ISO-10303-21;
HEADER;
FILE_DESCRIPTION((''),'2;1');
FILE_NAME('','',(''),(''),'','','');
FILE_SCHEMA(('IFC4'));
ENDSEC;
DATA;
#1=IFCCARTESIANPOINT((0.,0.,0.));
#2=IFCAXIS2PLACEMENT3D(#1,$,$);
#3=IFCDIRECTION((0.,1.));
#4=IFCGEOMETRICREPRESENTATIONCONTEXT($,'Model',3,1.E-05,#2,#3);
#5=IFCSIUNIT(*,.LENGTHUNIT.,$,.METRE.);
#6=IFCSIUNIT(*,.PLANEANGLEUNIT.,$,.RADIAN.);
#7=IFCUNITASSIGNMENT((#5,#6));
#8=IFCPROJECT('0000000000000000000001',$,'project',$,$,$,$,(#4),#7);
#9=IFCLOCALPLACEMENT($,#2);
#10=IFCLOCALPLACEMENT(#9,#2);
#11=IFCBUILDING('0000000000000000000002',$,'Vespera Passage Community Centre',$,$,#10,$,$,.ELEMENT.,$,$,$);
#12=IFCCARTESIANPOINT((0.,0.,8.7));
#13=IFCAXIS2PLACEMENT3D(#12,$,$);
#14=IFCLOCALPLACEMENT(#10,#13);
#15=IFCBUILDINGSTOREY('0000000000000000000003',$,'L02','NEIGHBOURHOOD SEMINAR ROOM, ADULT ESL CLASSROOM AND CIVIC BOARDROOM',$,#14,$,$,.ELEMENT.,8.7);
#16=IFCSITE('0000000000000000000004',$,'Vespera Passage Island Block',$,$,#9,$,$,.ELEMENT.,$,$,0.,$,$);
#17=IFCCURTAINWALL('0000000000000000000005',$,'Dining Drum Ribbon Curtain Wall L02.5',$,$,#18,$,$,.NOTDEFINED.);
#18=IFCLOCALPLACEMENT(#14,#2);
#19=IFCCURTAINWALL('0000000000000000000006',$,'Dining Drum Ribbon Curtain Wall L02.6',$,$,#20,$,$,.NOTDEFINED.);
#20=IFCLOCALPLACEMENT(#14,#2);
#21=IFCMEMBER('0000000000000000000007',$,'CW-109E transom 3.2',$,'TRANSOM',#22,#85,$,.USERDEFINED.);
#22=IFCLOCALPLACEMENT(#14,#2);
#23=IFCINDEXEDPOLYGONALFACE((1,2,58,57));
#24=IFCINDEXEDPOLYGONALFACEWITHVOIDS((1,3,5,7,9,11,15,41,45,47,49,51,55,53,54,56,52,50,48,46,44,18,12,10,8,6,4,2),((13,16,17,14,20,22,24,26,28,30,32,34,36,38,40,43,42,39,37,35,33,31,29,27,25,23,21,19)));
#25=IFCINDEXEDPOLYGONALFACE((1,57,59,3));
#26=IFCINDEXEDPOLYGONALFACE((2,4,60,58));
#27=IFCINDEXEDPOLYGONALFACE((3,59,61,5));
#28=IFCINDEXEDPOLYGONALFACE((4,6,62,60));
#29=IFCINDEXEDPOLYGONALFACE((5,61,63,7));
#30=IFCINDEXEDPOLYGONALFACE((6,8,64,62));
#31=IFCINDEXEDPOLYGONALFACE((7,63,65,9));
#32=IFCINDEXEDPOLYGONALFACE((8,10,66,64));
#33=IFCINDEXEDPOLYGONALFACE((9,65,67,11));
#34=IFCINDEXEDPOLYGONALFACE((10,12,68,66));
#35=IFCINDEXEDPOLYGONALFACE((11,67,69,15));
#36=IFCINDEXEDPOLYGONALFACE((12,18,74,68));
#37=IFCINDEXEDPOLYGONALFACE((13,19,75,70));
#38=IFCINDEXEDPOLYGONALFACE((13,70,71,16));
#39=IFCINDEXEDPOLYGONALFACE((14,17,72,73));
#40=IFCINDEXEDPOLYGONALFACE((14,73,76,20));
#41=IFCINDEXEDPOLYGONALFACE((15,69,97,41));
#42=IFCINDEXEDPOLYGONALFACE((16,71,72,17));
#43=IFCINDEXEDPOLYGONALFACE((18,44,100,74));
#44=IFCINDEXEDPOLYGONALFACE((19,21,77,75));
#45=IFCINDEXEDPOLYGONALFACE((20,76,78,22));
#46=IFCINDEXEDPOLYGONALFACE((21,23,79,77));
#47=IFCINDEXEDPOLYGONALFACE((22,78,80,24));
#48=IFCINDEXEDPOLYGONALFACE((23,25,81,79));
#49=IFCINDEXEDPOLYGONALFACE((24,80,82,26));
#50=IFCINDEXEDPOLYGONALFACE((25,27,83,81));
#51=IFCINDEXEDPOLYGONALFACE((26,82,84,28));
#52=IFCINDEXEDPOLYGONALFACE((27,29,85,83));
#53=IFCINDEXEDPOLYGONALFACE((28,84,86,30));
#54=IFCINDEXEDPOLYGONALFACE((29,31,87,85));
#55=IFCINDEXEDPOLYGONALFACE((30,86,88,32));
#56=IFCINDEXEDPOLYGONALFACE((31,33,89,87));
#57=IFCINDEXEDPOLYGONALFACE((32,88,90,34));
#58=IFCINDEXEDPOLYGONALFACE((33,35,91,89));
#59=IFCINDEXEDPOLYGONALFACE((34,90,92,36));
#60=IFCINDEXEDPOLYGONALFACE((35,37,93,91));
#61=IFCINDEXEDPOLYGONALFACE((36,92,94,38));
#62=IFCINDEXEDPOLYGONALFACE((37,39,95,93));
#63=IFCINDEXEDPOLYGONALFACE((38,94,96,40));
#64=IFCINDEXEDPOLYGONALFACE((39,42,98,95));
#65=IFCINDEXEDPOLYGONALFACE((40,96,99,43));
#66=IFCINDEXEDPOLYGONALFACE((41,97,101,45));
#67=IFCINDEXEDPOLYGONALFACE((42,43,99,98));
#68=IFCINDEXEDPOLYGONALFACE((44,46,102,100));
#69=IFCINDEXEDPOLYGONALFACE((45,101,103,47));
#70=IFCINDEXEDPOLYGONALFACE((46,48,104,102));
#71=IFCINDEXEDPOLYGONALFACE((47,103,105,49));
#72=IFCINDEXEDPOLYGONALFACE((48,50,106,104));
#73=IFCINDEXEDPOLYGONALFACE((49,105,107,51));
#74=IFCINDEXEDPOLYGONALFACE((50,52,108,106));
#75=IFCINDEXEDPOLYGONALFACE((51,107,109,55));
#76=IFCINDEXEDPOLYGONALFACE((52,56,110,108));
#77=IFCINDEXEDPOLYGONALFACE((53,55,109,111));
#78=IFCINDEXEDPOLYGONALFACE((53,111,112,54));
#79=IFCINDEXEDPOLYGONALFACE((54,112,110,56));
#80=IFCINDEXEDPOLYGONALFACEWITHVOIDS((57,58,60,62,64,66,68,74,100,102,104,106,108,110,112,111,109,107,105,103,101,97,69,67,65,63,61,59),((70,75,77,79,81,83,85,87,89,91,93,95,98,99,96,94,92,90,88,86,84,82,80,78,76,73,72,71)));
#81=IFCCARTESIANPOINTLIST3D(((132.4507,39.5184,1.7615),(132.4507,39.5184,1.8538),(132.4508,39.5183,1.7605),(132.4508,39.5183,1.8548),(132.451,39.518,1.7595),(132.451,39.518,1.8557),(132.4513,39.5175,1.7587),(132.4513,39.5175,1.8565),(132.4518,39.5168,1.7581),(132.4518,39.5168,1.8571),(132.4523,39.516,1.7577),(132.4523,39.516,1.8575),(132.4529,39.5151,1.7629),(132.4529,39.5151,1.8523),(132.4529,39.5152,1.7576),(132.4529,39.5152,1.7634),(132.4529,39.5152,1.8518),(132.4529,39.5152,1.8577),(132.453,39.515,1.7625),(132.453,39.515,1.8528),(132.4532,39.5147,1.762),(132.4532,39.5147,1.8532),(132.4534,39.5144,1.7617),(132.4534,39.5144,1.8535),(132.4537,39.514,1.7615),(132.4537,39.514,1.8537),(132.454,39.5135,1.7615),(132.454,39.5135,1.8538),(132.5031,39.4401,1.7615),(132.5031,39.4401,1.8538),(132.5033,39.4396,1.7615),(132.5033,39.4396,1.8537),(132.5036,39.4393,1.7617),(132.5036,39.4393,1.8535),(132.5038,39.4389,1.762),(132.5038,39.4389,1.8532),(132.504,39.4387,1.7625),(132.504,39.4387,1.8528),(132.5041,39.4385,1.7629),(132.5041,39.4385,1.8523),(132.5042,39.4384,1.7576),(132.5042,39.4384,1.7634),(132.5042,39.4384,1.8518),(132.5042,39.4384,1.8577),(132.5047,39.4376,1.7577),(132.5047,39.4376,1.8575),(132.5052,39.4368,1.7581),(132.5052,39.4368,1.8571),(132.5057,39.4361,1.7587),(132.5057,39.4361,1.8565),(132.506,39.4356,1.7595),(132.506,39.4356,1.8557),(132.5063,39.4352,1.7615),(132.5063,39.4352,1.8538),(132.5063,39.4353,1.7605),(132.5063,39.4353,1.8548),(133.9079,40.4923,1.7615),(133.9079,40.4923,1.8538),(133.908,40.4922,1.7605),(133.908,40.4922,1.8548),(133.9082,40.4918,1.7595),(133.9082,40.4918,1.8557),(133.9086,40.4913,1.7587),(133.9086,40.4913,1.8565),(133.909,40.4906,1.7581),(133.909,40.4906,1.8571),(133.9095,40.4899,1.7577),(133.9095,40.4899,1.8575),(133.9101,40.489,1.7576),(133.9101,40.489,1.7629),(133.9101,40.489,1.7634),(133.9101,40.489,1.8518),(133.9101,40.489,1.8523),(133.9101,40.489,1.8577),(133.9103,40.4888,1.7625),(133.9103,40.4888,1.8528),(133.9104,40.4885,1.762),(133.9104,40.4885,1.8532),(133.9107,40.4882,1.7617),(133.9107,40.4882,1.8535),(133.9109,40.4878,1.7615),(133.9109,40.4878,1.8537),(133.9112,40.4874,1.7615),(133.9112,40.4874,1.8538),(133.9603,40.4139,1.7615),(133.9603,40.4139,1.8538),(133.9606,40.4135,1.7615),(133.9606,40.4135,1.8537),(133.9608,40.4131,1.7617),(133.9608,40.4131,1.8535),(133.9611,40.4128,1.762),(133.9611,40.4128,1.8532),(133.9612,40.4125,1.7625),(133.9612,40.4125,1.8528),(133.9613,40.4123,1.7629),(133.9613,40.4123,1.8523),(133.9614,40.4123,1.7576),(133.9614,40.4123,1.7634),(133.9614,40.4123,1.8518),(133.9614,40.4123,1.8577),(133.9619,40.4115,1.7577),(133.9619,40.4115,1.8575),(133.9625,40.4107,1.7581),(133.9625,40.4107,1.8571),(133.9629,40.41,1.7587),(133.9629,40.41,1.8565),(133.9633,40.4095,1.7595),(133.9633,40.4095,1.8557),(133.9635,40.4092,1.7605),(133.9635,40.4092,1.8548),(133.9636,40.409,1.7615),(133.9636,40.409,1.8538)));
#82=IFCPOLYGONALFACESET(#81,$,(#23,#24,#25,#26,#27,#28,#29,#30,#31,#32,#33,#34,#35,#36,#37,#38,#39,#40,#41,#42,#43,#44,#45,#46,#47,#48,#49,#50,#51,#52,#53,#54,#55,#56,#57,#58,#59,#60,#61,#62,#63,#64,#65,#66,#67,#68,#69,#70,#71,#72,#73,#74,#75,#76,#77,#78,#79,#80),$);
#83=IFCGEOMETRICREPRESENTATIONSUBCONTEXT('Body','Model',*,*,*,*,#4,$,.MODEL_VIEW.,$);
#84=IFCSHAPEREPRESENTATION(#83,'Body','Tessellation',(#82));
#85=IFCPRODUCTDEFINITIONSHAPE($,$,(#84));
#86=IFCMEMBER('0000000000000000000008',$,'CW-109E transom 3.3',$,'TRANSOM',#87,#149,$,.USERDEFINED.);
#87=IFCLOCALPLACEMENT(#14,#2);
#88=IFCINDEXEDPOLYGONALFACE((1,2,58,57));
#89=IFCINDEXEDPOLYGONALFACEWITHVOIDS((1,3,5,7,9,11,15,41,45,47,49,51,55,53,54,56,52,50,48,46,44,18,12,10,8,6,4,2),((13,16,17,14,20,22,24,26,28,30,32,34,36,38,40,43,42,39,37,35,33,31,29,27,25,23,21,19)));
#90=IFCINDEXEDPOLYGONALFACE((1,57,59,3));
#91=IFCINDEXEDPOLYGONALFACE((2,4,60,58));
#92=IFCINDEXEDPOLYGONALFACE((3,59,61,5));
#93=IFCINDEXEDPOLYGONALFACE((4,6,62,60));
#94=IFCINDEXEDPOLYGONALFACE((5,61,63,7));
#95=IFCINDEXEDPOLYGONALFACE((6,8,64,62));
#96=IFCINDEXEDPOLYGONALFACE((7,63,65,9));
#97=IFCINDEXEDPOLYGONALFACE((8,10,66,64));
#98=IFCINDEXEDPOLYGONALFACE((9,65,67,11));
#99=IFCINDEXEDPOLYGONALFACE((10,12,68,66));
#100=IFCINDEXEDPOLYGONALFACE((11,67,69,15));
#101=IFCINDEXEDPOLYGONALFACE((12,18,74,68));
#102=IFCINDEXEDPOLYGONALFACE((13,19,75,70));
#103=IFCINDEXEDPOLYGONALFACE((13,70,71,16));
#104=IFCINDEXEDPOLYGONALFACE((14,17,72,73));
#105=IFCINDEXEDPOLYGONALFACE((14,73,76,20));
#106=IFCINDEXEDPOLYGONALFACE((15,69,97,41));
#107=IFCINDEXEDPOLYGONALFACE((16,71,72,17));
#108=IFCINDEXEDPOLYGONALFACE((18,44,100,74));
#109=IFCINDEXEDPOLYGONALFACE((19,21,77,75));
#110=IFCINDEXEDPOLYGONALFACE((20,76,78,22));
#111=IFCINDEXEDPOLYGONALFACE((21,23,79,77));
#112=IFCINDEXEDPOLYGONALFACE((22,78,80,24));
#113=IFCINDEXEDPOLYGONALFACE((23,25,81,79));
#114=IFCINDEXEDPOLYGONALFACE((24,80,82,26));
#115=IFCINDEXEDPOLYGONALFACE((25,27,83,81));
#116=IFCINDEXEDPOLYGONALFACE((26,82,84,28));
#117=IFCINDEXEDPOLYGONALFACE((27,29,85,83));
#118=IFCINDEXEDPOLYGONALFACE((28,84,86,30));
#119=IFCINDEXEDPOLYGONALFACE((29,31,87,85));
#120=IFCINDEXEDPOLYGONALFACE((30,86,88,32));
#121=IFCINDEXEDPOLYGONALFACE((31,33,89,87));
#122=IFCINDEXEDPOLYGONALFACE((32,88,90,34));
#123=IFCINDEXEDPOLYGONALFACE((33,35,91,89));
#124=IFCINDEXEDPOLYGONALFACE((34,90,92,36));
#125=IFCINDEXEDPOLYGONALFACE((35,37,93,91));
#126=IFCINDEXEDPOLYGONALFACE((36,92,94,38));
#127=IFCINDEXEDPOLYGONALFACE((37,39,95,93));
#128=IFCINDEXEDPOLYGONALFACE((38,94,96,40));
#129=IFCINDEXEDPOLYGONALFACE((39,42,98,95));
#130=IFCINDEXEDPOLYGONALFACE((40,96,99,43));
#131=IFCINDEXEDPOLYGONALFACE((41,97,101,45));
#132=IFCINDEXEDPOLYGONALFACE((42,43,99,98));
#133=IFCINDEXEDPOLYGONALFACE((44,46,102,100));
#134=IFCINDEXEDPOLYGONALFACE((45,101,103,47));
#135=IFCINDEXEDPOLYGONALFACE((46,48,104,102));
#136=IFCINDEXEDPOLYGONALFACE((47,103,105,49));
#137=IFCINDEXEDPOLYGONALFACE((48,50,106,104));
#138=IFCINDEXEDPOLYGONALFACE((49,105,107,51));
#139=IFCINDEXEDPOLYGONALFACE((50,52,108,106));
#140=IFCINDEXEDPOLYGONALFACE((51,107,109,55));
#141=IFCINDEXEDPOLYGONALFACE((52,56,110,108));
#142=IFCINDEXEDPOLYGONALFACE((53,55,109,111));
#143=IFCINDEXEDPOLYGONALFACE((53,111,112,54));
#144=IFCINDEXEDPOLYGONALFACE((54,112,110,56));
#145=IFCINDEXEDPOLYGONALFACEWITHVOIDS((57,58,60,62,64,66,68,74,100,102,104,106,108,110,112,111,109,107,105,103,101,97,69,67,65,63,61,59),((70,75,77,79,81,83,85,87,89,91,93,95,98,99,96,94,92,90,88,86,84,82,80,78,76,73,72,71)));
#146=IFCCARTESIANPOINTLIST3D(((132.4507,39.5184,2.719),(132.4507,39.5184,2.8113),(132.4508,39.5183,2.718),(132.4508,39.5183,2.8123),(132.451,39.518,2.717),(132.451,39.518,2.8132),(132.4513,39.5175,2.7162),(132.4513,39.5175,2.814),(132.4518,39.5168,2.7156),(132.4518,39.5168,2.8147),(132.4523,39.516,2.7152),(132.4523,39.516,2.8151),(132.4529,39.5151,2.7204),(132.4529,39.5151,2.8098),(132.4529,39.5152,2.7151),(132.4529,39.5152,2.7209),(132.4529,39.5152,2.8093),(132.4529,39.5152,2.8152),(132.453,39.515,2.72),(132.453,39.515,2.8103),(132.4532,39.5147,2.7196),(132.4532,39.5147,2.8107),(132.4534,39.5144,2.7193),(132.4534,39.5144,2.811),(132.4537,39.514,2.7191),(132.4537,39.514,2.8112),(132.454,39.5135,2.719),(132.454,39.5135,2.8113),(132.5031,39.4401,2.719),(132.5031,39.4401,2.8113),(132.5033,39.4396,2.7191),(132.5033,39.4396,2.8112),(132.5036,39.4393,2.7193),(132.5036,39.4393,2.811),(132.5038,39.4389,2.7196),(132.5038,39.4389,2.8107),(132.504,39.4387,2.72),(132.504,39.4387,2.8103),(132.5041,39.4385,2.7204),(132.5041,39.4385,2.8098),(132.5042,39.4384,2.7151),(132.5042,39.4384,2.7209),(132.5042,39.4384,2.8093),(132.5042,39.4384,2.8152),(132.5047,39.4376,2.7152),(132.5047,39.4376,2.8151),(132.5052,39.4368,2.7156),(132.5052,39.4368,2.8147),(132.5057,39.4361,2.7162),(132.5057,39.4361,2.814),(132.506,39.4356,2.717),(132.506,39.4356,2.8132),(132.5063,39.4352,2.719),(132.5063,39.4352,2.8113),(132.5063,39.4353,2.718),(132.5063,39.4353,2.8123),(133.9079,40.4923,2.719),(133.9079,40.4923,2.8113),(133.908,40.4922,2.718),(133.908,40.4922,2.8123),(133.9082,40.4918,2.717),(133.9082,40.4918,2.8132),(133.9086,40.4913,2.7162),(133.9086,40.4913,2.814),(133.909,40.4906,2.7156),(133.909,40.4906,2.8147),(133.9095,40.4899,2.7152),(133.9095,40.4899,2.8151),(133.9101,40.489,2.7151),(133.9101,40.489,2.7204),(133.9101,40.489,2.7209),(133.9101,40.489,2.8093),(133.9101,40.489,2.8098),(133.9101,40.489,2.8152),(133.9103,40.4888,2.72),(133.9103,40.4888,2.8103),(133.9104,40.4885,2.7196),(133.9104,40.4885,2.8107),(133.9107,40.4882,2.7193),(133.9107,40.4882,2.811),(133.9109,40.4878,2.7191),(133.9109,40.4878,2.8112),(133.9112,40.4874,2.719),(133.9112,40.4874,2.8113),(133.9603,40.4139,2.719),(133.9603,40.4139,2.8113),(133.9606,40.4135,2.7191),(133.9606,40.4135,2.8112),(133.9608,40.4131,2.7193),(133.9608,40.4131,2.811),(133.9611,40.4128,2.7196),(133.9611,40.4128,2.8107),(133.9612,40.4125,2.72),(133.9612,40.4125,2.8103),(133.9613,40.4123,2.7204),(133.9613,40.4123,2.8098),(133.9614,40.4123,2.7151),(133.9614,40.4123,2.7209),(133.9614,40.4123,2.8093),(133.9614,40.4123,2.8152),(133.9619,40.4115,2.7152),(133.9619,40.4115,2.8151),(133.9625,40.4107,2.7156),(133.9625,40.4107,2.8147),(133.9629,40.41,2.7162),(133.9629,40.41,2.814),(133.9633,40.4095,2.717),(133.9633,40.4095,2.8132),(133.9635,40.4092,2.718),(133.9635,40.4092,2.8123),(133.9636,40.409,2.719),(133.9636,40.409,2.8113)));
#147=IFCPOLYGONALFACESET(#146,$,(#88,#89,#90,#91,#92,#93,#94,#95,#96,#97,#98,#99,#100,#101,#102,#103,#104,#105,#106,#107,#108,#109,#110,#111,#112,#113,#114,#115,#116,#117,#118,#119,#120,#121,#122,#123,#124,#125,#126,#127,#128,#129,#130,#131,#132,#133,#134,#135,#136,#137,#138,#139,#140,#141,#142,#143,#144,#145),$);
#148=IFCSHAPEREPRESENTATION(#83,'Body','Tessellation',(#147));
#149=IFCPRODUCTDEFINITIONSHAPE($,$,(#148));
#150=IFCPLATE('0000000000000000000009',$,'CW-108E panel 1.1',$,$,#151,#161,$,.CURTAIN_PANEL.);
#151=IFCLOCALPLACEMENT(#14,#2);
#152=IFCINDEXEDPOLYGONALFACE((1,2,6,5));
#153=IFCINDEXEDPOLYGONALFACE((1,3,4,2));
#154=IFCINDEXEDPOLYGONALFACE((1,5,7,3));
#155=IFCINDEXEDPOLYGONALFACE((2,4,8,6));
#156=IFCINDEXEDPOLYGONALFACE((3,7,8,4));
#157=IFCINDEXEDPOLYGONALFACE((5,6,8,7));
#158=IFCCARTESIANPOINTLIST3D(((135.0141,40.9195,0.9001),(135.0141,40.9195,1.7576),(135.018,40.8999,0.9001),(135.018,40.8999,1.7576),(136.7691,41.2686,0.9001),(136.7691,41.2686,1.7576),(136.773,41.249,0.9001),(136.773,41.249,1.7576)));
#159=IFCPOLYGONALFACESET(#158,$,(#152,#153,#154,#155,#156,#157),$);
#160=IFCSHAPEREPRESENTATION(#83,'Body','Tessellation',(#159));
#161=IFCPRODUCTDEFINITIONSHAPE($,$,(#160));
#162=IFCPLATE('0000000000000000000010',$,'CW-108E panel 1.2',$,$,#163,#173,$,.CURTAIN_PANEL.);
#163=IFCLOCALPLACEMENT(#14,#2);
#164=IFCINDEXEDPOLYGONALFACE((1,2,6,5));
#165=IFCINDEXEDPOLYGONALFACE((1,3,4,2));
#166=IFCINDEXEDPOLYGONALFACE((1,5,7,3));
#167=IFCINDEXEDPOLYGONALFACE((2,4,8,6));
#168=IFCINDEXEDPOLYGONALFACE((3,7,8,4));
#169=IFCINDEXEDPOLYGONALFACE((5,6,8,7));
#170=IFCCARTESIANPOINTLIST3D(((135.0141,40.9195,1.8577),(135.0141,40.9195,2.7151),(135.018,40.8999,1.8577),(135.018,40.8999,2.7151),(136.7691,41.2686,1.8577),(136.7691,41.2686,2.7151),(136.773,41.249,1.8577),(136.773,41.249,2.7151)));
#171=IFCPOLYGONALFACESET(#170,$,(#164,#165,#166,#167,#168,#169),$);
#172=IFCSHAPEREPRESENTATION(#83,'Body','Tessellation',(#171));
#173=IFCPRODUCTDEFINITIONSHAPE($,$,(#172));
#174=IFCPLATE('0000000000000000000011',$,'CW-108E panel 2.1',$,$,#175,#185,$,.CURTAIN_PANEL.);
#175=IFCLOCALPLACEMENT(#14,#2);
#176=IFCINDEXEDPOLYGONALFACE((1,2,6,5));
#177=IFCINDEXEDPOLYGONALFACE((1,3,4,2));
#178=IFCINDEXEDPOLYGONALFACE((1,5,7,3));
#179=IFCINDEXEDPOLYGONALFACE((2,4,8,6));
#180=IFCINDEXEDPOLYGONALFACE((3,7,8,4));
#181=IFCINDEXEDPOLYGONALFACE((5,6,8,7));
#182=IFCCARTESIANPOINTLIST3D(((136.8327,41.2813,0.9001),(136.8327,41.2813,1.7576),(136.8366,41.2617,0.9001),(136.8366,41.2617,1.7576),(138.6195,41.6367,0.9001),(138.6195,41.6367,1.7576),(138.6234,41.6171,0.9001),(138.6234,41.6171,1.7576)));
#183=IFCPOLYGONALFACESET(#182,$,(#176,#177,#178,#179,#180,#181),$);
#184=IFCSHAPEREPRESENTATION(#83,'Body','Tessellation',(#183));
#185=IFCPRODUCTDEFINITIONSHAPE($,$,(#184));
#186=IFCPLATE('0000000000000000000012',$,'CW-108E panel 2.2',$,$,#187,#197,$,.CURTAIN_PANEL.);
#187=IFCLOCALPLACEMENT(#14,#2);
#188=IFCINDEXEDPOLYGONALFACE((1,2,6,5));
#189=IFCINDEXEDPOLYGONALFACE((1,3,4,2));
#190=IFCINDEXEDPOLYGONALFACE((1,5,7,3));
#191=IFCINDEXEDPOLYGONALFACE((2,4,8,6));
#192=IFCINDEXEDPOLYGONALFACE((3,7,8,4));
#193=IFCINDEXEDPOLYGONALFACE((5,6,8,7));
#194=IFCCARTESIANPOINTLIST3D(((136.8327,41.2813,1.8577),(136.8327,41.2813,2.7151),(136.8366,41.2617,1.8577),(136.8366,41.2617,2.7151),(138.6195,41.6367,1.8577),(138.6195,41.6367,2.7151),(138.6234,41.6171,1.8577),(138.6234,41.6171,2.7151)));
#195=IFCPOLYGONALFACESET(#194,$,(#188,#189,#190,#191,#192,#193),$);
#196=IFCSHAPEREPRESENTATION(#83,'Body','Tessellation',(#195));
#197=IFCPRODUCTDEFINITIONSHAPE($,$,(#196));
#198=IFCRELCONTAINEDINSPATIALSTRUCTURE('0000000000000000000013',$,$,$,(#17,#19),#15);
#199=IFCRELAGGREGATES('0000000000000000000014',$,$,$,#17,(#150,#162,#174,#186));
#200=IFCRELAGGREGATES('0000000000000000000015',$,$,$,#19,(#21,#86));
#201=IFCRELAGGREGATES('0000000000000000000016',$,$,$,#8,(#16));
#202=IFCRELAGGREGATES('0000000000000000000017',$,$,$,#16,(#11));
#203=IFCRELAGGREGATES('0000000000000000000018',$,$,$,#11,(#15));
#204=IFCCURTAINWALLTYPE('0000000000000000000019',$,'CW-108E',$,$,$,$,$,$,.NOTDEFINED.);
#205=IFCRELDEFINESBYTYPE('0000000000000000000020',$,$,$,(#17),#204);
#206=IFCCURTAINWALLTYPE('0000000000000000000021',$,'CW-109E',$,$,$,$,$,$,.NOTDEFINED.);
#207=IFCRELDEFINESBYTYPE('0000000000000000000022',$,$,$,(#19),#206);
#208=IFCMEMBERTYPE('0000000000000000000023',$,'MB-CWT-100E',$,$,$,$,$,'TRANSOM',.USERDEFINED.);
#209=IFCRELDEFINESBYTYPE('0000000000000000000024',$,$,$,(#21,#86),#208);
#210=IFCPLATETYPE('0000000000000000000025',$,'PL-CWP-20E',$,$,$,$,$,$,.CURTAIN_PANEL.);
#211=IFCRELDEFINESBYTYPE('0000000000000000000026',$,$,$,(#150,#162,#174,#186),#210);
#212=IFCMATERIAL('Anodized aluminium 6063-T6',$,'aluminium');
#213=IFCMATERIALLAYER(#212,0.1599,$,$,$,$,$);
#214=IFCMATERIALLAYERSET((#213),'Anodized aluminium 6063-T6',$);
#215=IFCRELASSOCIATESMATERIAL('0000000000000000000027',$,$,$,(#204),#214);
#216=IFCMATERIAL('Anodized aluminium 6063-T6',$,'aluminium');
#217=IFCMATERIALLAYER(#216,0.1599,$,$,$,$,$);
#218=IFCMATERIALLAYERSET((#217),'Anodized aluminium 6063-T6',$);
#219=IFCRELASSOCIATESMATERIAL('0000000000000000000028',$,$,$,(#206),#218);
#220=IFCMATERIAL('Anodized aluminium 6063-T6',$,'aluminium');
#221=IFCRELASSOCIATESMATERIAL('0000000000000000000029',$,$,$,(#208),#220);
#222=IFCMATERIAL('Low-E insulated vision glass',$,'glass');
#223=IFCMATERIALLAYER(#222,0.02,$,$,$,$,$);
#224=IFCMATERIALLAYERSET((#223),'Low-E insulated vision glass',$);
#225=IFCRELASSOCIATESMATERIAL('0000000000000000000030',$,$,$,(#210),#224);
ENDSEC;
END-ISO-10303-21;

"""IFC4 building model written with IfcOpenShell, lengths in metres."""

from ifc_helpers import new_model, si_unit, direction, frame, origin, origin_2d, place, context, subcontext, project, spatial, rectangle, hollow_rectangle, extrude, material, layer, layer_set, material_profile, profile_set, type_object, element, aggregate, save


model = new_model("IFC4")

# Units and contexts
model_context = context("Model", 3, precision=1e-05, world=origin(), true_north=direction((0.0, 1.0)))
body_context = subcontext(model_context, "Body", "Model", "MODEL_VIEW")
ifc_project = project(units=[si_unit("LENGTHUNIT", "METRE"), si_unit("PLANEANGLEUNIT", "RADIAN")], contexts=[model_context])

# Site, building, storey
site_placement = place(None, origin())
site = spatial("IfcSite", under=ifc_project, at=site_placement, Name="Vespera Passage Island Block", CompositionType="ELEMENT", RefElevation=0.0)
building_placement = place(site_placement, origin())
building = spatial("IfcBuilding", under=site, at=building_placement, Name="Vespera Passage Community Centre", CompositionType="ELEMENT")
storey_placement = place(building_placement, frame((0.0, 0.0, 8.7)))
storey = spatial("IfcBuildingStorey", under=building, at=storey_placement, Name="L02", Description="NEIGHBOURHOOD SEMINAR ROOM, ADULT ESL CLASSROOM AND CIVIC BOARDROOM", CompositionType="ELEMENT", Elevation=8.7)

# Curtain walls
ifc_material_1 = material(Name="Anodized aluminium 6063-T6", Category="aluminium")
ifc_layer_1 = layer(ifc_material_1, 0.1599)
ifc_layer_set_1 = layer_set([ifc_layer_1], Name="Anodized aluminium 6063-T6")
curtain_wall_type_1 = type_object("IfcCurtainWallType", Name="CW-108E", PredefinedType="NOTDEFINED", material=ifc_layer_set_1)
curtain_wall_1_placement = place(storey_placement, origin())
curtain_wall_1 = element("IfcCurtainWall", 1, at=curtain_wall_1_placement, inside=storey, type_object=curtain_wall_type_1, Name="Dining Drum Ribbon Curtain Wall L02.5", PredefinedType="NOTDEFINED")
ifc_material_2 = material(Name="Anodized aluminium 6063-T6", Category="aluminium")
ifc_layer_2 = layer(ifc_material_2, 0.1599)
ifc_layer_set_2 = layer_set([ifc_layer_2], Name="Anodized aluminium 6063-T6")
curtain_wall_type_2 = type_object("IfcCurtainWallType", Name="CW-109E", PredefinedType="NOTDEFINED", material=ifc_layer_set_2)
curtain_wall_2_placement = place(storey_placement, origin())
curtain_wall_2 = element("IfcCurtainWall", 2, at=curtain_wall_2_placement, inside=storey, type_object=curtain_wall_type_2, Name="Dining Drum Ribbon Curtain Wall L02.6", PredefinedType="NOTDEFINED")

# Members
ifc_material_3 = material(Name="Anodized aluminium 6063-T6", Category="aluminium")
ifc_material_profile_1 = material_profile(ifc_material_3, hollow_rectangle(XDim=0.1001, YDim=0.1001, WallThickness=0.0039, InnerFilletRadius=0.002, OuterFilletRadius=0.0039, at=origin_2d()), Name="ALU100X100X4")
ifc_profile_set_1 = profile_set([ifc_material_profile_1], Name="Anodized aluminium 6063-T6")
member_type_1 = type_object("IfcMemberType", Name="MB-CWT-100E", ElementType="TRANSOM", PredefinedType="USERDEFINED", material=ifc_profile_set_1)
member_1_placement = place(storey_placement, frame((132.4785, 39.4768, 1.8076), z_axis=(0.831428, 0.555632, 0.0), x_axis=(-0.555632, 0.831428, 0.0)))
member_1 = element("IfcMember", 3, at=member_1_placement, type_object=member_type_1, Name="CW-109E transom 3.2", ObjectType="TRANSOM", PredefinedType="USERDEFINED", context=body_context, shape_type="SweptSolid", body=[
    extrude(hollow_rectangle(XDim=0.1001, YDim=0.1001, WallThickness=0.0039, InnerFilletRadius=0.002, OuterFilletRadius=0.0039, at=origin_2d()), origin(), (0.0, 0.0, 1.0), 1.7527),
])
member_2_placement = place(storey_placement, frame((132.4785, 39.4768, 2.7651), z_axis=(0.831428, 0.555632, 0.0), x_axis=(-0.555632, 0.831428, 0.0)))
member_2 = element("IfcMember", 4, at=member_2_placement, type_object=member_type_1, Name="CW-109E transom 3.3", ObjectType="TRANSOM", PredefinedType="USERDEFINED", context=body_context, shape_type="SweptSolid", body=[
    extrude(hollow_rectangle(XDim=0.1001, YDim=0.1001, WallThickness=0.0039, InnerFilletRadius=0.002, OuterFilletRadius=0.0039, at=origin_2d()), origin(), (0.0, 0.0, 1.0), 1.7527),
])

# Plates
ifc_material_4 = material(Name="Low-E insulated vision glass", Category="glass")
ifc_layer_3 = layer(ifc_material_4, 0.02)
ifc_layer_set_3 = layer_set([ifc_layer_3], Name="Low-E insulated vision glass")
plate_type = type_object("IfcPlateType", Name="PL-CWP-20E", PredefinedType="CURTAIN_PANEL", material=ifc_layer_set_3)
plate_1_placement = place(storey_placement, frame((135.8936, 41.0842, 0.9001), z_axis=(0.0, 0.0, 1.0), x_axis=(0.980784, 0.195097, 0.0)))
plate_1 = element("IfcPlate", 5, at=plate_1_placement, type_object=plate_type, Name="CW-108E panel 1.1", PredefinedType="CURTAIN_PANEL", context=body_context, shape_type="SweptSolid", body=[
    extrude(rectangle(XDim=1.7893, YDim=0.02, at=origin_2d()), origin(), (0.0, 0.0, 1.0), 0.8574),
])
plate_2_placement = place(storey_placement, frame((135.8936, 41.0842, 1.8577), z_axis=(0.0, 0.0, 1.0), x_axis=(0.980784, 0.195097, 0.0)))
plate_2 = element("IfcPlate", 6, at=plate_2_placement, type_object=plate_type, Name="CW-108E panel 1.2", PredefinedType="CURTAIN_PANEL", context=body_context, shape_type="SweptSolid", body=[
    extrude(rectangle(XDim=1.7893, YDim=0.02, at=origin_2d()), origin(), (0.0, 0.0, 1.0), 0.8574),
])
plate_3_placement = place(storey_placement, frame((137.728, 41.4492, 0.9001), z_axis=(0.0, 0.0, 1.0), x_axis=(0.980784, 0.195097, 0.0)))
plate_3 = element("IfcPlate", 7, at=plate_3_placement, type_object=plate_type, Name="CW-108E panel 2.1", PredefinedType="CURTAIN_PANEL", context=body_context, shape_type="SweptSolid", body=[
    extrude(rectangle(XDim=1.8218, YDim=0.02, at=origin_2d()), origin(), (0.0, 0.0, 1.0), 0.8574),
])
plate_4_placement = place(storey_placement, frame((137.728, 41.4492, 1.8577), z_axis=(0.0, 0.0, 1.0), x_axis=(0.980784, 0.195097, 0.0)))
plate_4 = element("IfcPlate", 8, at=plate_4_placement, type_object=plate_type, Name="CW-108E panel 2.2", PredefinedType="CURTAIN_PANEL", context=body_context, shape_type="SweptSolid", body=[
    extrude(rectangle(XDim=1.8218, YDim=0.02, at=origin_2d()), origin(), (0.0, 0.0, 1.0), 0.8574),
])
aggregate(curtain_wall_1, [plate_1, plate_2, plate_3, plate_4])
aggregate(curtain_wall_2, [member_1, member_2])

save(model, "model.ifc")
